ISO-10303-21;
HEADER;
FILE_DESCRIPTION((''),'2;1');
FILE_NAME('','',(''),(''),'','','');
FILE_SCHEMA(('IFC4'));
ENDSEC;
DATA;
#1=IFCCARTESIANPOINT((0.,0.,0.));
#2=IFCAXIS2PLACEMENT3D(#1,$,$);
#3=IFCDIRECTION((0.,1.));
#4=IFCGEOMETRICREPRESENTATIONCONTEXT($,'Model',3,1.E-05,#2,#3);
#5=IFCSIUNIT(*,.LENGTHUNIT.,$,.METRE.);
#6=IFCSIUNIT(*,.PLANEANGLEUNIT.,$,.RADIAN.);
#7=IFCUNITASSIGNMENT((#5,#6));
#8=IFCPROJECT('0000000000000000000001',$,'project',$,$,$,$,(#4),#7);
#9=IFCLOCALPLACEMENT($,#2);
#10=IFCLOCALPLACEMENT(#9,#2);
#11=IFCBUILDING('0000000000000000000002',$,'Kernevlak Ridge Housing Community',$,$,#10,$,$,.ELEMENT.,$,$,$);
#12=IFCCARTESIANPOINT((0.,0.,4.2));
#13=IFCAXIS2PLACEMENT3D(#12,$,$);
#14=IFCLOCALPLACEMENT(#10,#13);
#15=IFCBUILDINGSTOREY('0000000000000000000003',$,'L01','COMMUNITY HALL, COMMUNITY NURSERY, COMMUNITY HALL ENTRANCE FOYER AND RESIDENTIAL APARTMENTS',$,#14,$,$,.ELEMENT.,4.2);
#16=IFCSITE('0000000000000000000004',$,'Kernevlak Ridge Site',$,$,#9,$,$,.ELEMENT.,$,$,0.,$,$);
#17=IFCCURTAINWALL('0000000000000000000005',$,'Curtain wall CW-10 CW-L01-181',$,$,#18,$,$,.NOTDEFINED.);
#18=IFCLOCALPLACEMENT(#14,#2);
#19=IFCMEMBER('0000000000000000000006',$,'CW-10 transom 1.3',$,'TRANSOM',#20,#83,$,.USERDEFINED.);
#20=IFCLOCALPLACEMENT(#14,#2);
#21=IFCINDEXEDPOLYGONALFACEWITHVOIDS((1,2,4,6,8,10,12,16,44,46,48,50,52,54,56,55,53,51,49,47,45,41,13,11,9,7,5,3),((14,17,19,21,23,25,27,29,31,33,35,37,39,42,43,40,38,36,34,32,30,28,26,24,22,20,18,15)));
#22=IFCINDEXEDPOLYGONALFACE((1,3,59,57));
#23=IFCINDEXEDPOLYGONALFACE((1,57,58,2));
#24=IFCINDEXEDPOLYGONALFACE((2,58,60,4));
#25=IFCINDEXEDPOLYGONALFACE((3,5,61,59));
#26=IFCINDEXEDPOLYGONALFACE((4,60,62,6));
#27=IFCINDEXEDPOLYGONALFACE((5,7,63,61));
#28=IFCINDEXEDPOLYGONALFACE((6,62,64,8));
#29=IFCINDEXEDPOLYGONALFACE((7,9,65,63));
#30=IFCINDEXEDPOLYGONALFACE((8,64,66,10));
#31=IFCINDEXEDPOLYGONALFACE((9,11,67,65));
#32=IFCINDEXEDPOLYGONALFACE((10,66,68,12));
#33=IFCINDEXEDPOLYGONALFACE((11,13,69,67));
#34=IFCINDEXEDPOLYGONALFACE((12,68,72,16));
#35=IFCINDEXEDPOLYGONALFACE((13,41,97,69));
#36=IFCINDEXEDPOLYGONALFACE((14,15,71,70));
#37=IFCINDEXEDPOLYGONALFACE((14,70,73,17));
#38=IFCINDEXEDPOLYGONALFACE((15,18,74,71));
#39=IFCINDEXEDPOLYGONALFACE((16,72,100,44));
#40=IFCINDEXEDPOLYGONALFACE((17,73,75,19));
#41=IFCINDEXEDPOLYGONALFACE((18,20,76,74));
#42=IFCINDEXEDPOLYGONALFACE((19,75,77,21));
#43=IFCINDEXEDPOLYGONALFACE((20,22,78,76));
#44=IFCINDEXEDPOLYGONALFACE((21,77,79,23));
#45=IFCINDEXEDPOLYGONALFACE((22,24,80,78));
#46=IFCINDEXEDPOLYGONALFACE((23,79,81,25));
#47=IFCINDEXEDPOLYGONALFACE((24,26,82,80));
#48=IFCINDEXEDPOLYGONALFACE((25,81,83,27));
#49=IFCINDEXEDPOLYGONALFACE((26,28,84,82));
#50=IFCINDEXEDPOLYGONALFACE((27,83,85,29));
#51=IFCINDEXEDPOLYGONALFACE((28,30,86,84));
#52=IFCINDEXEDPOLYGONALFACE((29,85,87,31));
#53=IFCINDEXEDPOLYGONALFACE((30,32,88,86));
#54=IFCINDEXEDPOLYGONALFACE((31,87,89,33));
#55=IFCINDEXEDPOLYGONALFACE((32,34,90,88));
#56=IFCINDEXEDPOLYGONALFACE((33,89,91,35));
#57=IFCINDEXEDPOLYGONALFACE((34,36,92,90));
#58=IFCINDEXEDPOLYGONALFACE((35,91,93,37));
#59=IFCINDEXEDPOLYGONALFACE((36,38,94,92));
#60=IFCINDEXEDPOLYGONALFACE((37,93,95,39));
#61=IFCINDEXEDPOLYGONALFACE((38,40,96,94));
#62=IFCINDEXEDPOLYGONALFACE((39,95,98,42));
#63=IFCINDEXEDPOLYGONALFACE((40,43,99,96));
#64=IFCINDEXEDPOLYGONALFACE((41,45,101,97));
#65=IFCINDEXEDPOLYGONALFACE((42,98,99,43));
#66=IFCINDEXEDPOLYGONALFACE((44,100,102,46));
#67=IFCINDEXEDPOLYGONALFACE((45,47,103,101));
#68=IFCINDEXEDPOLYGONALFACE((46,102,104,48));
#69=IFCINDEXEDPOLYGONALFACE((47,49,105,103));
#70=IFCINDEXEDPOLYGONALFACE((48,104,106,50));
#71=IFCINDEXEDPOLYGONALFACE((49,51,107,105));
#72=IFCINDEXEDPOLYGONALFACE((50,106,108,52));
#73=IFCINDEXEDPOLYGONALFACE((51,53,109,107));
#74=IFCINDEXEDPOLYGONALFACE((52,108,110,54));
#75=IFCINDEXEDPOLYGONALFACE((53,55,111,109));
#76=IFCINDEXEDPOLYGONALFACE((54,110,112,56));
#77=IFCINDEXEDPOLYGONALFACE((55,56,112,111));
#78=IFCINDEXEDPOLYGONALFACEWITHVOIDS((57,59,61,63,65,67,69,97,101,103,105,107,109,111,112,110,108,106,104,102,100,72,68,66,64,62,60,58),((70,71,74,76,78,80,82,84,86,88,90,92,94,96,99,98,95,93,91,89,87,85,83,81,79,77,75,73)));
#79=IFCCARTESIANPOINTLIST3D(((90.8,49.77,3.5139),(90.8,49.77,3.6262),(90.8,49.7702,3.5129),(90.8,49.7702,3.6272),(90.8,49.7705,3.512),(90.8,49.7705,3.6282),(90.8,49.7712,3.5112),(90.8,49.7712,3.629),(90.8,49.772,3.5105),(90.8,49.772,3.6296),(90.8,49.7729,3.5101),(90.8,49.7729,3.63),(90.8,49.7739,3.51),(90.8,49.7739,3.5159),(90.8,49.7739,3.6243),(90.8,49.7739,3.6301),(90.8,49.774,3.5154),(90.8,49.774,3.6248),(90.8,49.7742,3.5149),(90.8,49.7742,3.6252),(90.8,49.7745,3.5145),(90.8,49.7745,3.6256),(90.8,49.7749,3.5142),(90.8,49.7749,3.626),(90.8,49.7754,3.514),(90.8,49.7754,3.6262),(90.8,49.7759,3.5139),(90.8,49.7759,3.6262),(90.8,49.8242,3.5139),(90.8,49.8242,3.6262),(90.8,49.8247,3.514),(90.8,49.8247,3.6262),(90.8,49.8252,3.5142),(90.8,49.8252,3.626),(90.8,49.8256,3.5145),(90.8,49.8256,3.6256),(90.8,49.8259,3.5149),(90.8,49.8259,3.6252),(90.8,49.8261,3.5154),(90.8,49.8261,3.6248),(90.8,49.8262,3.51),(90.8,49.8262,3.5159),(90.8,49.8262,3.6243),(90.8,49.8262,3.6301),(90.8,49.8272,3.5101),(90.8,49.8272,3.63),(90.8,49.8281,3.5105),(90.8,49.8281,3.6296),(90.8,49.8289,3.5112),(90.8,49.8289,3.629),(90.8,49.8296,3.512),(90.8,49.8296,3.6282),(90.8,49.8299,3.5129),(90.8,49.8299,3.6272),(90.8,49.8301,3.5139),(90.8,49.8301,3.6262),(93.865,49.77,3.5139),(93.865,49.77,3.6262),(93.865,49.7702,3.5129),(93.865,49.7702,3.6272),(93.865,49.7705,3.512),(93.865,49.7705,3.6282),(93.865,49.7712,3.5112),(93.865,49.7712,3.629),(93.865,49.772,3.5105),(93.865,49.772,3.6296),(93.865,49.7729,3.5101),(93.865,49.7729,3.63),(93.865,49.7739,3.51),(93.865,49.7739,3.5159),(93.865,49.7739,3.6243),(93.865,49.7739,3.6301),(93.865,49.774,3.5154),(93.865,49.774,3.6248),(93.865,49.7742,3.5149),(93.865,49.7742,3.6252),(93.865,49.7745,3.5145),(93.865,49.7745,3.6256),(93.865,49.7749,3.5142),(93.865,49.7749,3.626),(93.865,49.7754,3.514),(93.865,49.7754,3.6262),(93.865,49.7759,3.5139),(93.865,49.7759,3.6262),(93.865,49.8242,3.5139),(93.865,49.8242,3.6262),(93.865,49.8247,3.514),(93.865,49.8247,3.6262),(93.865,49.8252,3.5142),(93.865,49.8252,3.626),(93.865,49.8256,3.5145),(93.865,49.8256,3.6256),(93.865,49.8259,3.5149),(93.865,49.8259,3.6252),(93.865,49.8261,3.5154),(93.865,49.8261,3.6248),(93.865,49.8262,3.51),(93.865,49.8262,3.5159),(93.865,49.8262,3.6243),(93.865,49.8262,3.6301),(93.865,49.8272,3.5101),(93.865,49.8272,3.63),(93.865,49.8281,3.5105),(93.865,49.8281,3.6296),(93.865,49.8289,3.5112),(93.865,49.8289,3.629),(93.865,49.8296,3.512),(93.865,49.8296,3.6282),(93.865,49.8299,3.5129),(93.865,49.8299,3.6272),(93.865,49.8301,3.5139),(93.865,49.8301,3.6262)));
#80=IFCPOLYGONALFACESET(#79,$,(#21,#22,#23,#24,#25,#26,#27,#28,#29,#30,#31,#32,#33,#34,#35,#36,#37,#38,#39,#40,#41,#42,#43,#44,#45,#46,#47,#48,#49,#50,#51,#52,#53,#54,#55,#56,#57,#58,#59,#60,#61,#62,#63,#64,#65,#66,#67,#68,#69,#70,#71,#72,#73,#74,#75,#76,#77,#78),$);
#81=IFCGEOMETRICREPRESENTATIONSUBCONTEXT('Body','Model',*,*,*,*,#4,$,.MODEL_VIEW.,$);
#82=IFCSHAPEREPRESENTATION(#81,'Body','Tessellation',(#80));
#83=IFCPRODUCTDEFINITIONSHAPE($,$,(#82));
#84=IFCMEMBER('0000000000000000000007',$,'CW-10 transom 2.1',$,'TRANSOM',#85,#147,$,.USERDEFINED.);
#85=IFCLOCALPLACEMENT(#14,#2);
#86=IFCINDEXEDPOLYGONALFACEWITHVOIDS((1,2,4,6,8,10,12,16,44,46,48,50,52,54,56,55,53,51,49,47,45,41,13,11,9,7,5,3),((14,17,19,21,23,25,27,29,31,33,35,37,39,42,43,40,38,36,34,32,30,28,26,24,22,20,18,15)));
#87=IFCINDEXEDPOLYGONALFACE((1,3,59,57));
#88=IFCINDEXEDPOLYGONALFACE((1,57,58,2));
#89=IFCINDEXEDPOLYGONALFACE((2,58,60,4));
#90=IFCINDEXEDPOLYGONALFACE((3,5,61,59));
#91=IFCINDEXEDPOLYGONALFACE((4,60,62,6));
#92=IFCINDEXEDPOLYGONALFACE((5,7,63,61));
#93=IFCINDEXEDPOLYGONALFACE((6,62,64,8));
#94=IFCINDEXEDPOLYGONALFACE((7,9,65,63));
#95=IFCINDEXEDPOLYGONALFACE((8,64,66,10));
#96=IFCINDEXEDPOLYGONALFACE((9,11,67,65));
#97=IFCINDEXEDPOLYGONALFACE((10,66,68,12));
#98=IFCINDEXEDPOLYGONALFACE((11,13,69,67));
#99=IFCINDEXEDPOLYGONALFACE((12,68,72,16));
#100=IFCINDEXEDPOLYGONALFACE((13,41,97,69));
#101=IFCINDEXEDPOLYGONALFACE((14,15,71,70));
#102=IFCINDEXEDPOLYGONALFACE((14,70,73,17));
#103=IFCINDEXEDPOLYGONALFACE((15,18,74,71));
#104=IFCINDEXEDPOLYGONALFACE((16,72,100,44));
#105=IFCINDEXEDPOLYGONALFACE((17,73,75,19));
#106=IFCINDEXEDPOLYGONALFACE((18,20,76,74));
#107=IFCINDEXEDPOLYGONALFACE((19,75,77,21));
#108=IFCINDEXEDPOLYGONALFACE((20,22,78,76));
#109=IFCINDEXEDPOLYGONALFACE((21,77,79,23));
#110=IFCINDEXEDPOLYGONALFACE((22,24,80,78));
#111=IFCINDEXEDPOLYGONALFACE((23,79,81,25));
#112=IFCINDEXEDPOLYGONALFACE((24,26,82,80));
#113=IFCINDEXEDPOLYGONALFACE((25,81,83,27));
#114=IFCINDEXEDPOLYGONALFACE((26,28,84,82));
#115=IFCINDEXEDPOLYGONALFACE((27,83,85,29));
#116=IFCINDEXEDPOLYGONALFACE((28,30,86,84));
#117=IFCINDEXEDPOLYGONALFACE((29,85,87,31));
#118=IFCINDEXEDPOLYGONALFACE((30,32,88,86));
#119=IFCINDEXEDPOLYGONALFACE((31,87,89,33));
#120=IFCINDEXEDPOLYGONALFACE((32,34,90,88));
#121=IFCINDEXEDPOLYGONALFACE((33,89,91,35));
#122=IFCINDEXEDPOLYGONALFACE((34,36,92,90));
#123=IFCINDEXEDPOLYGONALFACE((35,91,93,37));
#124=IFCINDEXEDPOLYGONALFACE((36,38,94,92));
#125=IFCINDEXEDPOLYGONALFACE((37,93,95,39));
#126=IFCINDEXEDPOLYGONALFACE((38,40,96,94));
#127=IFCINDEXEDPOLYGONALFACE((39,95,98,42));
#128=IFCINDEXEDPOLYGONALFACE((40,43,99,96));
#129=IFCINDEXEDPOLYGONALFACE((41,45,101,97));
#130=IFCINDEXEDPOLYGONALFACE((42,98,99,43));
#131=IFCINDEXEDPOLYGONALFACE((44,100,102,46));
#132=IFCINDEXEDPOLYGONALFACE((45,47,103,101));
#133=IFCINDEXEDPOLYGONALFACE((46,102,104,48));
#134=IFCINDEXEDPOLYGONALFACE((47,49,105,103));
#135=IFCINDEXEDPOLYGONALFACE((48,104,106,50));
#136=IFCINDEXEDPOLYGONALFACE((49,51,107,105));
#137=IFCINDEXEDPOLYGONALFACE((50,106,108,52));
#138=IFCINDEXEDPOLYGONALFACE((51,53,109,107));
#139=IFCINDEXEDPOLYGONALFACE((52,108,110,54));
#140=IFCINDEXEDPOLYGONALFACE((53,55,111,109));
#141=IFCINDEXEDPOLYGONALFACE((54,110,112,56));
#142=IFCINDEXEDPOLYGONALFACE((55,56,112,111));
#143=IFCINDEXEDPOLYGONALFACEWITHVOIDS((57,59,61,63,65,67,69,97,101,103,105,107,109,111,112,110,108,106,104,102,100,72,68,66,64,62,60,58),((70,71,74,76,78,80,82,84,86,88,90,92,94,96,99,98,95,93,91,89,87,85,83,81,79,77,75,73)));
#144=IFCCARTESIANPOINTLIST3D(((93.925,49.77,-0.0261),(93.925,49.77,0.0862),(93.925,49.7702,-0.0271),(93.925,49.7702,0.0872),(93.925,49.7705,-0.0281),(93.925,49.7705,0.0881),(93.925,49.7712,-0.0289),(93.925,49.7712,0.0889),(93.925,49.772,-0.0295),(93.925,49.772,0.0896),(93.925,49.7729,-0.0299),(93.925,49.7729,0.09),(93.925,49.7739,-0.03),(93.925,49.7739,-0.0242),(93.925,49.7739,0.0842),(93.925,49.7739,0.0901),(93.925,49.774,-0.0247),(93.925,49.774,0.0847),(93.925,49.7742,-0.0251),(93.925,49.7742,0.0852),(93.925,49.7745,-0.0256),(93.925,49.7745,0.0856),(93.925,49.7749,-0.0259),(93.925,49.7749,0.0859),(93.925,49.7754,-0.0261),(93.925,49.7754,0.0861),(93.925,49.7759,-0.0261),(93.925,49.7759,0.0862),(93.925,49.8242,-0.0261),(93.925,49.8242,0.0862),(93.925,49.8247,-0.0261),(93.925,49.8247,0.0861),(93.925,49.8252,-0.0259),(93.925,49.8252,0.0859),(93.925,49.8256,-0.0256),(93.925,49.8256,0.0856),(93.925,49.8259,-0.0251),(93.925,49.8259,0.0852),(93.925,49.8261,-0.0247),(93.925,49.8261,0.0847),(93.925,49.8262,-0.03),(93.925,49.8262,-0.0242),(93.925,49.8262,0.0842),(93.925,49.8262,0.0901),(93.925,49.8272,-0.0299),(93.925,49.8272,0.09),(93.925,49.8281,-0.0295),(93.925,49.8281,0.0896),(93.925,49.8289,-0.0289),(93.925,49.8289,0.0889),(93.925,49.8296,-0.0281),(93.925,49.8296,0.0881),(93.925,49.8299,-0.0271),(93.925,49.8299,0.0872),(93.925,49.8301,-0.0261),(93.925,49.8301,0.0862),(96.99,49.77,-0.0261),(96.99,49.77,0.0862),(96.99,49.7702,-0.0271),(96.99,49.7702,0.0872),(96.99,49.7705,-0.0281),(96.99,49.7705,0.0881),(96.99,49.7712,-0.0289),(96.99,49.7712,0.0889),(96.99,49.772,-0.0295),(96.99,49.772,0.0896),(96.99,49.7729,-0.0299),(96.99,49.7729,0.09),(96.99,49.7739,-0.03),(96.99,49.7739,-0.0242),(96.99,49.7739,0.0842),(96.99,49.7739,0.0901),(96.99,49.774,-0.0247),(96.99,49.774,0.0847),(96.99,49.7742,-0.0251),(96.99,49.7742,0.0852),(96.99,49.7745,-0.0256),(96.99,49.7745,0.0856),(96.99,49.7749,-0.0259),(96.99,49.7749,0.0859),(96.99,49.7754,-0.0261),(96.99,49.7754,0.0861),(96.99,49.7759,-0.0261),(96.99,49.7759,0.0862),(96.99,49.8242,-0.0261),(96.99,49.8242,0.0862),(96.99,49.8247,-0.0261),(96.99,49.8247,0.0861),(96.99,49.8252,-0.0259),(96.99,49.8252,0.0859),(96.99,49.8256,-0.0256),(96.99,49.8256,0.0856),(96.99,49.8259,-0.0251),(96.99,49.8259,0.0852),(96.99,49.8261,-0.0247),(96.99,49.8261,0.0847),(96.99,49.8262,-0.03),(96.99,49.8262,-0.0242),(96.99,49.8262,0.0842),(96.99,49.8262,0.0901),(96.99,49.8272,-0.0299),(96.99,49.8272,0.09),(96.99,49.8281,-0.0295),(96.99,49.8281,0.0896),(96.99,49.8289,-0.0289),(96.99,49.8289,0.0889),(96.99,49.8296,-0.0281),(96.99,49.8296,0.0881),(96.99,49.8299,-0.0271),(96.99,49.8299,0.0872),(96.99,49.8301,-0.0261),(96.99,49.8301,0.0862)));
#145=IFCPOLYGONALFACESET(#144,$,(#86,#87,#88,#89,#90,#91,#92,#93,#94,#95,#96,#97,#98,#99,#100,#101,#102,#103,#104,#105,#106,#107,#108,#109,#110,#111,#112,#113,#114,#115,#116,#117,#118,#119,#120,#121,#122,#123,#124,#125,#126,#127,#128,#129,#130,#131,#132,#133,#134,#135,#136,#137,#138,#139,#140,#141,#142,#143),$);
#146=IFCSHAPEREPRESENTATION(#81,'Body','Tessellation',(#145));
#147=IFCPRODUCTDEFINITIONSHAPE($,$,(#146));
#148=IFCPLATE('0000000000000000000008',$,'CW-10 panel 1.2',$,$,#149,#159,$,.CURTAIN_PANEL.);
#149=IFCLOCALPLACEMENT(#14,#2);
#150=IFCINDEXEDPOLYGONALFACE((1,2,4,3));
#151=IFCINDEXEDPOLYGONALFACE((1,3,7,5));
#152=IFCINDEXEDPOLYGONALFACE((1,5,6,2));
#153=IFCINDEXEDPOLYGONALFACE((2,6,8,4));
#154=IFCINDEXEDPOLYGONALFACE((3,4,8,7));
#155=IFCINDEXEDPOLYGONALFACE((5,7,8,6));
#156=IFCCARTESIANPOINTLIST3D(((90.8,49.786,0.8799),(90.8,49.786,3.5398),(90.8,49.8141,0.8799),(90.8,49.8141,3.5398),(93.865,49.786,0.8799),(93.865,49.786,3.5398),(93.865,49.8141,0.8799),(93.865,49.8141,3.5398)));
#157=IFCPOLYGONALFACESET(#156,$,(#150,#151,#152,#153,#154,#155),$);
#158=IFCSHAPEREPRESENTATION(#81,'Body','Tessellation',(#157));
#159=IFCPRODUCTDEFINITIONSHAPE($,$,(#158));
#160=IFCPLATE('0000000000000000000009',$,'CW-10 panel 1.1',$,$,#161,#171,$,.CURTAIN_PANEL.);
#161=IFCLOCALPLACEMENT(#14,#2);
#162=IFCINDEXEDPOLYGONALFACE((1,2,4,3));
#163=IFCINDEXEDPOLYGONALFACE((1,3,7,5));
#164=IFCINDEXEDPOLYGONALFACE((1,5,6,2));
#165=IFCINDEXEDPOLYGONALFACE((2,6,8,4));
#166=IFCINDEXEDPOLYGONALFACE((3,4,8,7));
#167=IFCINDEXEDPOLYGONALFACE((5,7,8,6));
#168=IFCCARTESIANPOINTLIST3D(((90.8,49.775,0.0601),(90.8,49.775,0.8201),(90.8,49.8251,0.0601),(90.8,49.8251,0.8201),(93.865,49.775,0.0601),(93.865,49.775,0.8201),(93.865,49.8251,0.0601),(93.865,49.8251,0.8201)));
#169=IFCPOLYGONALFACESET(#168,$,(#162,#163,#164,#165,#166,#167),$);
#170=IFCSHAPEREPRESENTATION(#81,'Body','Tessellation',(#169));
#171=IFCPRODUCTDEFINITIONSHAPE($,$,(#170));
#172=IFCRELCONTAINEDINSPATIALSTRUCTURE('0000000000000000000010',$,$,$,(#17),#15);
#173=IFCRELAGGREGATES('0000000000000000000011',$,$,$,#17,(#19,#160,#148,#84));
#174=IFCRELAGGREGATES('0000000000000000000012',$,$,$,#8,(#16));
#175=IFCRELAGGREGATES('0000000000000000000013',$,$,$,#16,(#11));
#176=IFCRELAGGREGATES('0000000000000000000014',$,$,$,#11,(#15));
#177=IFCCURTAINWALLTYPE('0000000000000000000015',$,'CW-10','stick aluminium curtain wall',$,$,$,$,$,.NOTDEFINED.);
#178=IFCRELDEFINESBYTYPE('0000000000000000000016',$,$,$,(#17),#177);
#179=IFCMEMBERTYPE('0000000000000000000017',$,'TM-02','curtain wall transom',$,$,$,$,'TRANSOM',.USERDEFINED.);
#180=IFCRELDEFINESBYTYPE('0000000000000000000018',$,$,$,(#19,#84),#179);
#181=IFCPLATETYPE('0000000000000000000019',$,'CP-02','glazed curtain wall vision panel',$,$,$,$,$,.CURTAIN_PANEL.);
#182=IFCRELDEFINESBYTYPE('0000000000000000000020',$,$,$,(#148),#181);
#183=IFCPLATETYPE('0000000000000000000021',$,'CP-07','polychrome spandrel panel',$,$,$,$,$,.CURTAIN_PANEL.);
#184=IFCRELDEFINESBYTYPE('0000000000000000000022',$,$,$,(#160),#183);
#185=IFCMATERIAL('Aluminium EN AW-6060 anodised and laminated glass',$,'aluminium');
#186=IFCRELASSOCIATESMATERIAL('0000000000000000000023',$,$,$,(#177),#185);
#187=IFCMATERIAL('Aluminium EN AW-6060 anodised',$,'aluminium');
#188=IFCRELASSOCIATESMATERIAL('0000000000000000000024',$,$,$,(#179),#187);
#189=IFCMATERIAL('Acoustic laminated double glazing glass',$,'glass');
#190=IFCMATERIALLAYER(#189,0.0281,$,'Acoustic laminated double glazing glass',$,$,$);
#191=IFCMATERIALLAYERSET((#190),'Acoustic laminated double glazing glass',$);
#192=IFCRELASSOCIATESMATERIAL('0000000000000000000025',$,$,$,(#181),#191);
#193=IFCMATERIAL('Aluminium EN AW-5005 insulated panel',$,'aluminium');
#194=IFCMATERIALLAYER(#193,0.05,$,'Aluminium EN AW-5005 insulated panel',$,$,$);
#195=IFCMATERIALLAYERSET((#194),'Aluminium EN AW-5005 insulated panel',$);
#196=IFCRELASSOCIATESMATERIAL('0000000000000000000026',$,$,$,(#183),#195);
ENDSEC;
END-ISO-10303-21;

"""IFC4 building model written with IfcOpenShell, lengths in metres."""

from ifc_helpers import new_model, si_unit, direction, frame, origin, origin_2d, place, context, subcontext, project, spatial, rectangle, hollow_rectangle, extrude, material, layer, layer_set, material_profile, profile_set, type_object, element, aggregate, save


model = new_model("IFC4")

# Units and contexts
model_context = context("Model", 3, precision=1e-05, world=origin(), true_north=direction((0.0, 1.0)))
body_context = subcontext(model_context, "Body", "Model", "MODEL_VIEW")
ifc_project = project(units=[si_unit("LENGTHUNIT", "METRE"), si_unit("PLANEANGLEUNIT", "RADIAN")], contexts=[model_context])

# Site, building, storey
site_placement = place(None, origin())
site = spatial("IfcSite", under=ifc_project, at=site_placement, Name="Kernevlak Ridge Site", CompositionType="ELEMENT", RefElevation=0.0)
building_placement = place(site_placement, origin())
building = spatial("IfcBuilding", under=site, at=building_placement, Name="Kernevlak Ridge Housing Community", CompositionType="ELEMENT")
storey_placement = place(building_placement, frame((0.0, 0.0, 4.2)))
storey = spatial("IfcBuildingStorey", under=building, at=storey_placement, Name="L01", Description="COMMUNITY HALL, COMMUNITY NURSERY, COMMUNITY HALL ENTRANCE FOYER AND RESIDENTIAL APARTMENTS", CompositionType="ELEMENT", Elevation=4.2)

# Curtain wall
ifc_material_1 = material(Name="Aluminium EN AW-6060 anodised and laminated glass", Category="aluminium")
curtain_wall_type = type_object("IfcCurtainWallType", Name="CW-10", Description="stick aluminium curtain wall", PredefinedType="NOTDEFINED", material=ifc_material_1)
curtain_wall_placement = place(storey_placement, origin())
curtain_wall = element("IfcCurtainWall", 1, at=curtain_wall_placement, inside=storey, type_object=curtain_wall_type, Name="Curtain wall CW-10 CW-L01-181", PredefinedType="NOTDEFINED")
ifc_material_2 = material(Name="Aluminium EN AW-6060 anodised", Category="aluminium")

# Members
ifc_material_profile_1 = material_profile(ifc_material_2, hollow_rectangle(XDim=0.0601, YDim=0.1201, WallThickness=0.0039, InnerFilletRadius=0.002, OuterFilletRadius=0.0039, at=origin_2d()), Name="ALU 60x120x4")
ifc_profile_set_1 = profile_set([ifc_material_profile_1], Name="Aluminium EN AW-6060 anodised")
member_type_1 = type_object("IfcMemberType", Name="TM-02", Description="curtain wall transom", ElementType="TRANSOM", PredefinedType="USERDEFINED", material=ifc_profile_set_1)
member_1_placement = place(storey_placement, frame((90.8, 49.8, 3.5701), z_axis=(1.0, 0.0, 0.0), x_axis=(0.0, 1.0, 0.0)))
member_1 = element("IfcMember", 2, at=member_1_placement, type_object=member_type_1, Name="CW-10 transom 1.3", ObjectType="TRANSOM", PredefinedType="USERDEFINED", context=body_context, shape_type="SweptSolid", body=[
    extrude(hollow_rectangle(XDim=0.0601, YDim=0.1201, WallThickness=0.0039, InnerFilletRadius=0.002, OuterFilletRadius=0.0039, at=origin_2d()), origin(), (0.0, 0.0, 1.0), 3.0649),
])
member_2_placement = place(storey_placement, frame((93.925, 49.8, 0.03), z_axis=(1.0, 0.0, 0.0), x_axis=(0.0, 1.0, 0.0)))
member_2 = element("IfcMember", 3, at=member_2_placement, type_object=member_type_1, Name="CW-10 transom 2.1", ObjectType="TRANSOM", PredefinedType="USERDEFINED", context=body_context, shape_type="SweptSolid", body=[
    extrude(hollow_rectangle(XDim=0.0601, YDim=0.1201, WallThickness=0.0039, InnerFilletRadius=0.002, OuterFilletRadius=0.0039, at=origin_2d()), origin(), (0.0, 0.0, 1.0), 3.0649),
])

# Plates
ifc_material_3 = material(Name="Acoustic laminated double glazing glass", Category="glass")
ifc_layer_1 = layer(ifc_material_3, 0.0281, Name="Acoustic laminated double glazing glass")
ifc_layer_set_1 = layer_set([ifc_layer_1], Name="Acoustic laminated double glazing glass")
plate_type_1 = type_object("IfcPlateType", Name="CP-02", Description="glazed curtain wall vision panel", PredefinedType="CURTAIN_PANEL", material=ifc_layer_set_1)
plate_1_placement = place(storey_placement, frame((92.3325, 49.8, 0.8799), z_axis=(0.0, 0.0, 1.0), x_axis=(1.0, 0.0, 0.0)))
plate_1 = element("IfcPlate", 4, at=plate_1_placement, type_object=plate_type_1, Name="CW-10 panel 1.2", PredefinedType="CURTAIN_PANEL", context=body_context, shape_type="SweptSolid", body=[
    extrude(rectangle(XDim=3.0649, YDim=0.0281, at=origin_2d()), origin(), (0.0, 0.0, 1.0), 2.6599),
])
ifc_material_4 = material(Name="Aluminium EN AW-5005 insulated panel", Category="aluminium")
ifc_layer_2 = layer(ifc_material_4, 0.05, Name="Aluminium EN AW-5005 insulated panel")
ifc_layer_set_2 = layer_set([ifc_layer_2], Name="Aluminium EN AW-5005 insulated panel")
plate_type_2 = type_object("IfcPlateType", Name="CP-07", Description="polychrome spandrel panel", PredefinedType="CURTAIN_PANEL", material=ifc_layer_set_2)
plate_2_placement = place(storey_placement, frame((92.3325, 49.8, 0.0601), z_axis=(0.0, 0.0, 1.0), x_axis=(1.0, 0.0, 0.0)))
plate_2 = element("IfcPlate", 5, at=plate_2_placement, type_object=plate_type_2, Name="CW-10 panel 1.1", PredefinedType="CURTAIN_PANEL", context=body_context, shape_type="SweptSolid", body=[
    extrude(rectangle(XDim=3.0649, YDim=0.05, at=origin_2d()), origin(), (0.0, 0.0, 1.0), 0.76),
])
aggregate(curtain_wall, [member_1, plate_2, plate_1, member_2])

save(model, "model.ifc")
